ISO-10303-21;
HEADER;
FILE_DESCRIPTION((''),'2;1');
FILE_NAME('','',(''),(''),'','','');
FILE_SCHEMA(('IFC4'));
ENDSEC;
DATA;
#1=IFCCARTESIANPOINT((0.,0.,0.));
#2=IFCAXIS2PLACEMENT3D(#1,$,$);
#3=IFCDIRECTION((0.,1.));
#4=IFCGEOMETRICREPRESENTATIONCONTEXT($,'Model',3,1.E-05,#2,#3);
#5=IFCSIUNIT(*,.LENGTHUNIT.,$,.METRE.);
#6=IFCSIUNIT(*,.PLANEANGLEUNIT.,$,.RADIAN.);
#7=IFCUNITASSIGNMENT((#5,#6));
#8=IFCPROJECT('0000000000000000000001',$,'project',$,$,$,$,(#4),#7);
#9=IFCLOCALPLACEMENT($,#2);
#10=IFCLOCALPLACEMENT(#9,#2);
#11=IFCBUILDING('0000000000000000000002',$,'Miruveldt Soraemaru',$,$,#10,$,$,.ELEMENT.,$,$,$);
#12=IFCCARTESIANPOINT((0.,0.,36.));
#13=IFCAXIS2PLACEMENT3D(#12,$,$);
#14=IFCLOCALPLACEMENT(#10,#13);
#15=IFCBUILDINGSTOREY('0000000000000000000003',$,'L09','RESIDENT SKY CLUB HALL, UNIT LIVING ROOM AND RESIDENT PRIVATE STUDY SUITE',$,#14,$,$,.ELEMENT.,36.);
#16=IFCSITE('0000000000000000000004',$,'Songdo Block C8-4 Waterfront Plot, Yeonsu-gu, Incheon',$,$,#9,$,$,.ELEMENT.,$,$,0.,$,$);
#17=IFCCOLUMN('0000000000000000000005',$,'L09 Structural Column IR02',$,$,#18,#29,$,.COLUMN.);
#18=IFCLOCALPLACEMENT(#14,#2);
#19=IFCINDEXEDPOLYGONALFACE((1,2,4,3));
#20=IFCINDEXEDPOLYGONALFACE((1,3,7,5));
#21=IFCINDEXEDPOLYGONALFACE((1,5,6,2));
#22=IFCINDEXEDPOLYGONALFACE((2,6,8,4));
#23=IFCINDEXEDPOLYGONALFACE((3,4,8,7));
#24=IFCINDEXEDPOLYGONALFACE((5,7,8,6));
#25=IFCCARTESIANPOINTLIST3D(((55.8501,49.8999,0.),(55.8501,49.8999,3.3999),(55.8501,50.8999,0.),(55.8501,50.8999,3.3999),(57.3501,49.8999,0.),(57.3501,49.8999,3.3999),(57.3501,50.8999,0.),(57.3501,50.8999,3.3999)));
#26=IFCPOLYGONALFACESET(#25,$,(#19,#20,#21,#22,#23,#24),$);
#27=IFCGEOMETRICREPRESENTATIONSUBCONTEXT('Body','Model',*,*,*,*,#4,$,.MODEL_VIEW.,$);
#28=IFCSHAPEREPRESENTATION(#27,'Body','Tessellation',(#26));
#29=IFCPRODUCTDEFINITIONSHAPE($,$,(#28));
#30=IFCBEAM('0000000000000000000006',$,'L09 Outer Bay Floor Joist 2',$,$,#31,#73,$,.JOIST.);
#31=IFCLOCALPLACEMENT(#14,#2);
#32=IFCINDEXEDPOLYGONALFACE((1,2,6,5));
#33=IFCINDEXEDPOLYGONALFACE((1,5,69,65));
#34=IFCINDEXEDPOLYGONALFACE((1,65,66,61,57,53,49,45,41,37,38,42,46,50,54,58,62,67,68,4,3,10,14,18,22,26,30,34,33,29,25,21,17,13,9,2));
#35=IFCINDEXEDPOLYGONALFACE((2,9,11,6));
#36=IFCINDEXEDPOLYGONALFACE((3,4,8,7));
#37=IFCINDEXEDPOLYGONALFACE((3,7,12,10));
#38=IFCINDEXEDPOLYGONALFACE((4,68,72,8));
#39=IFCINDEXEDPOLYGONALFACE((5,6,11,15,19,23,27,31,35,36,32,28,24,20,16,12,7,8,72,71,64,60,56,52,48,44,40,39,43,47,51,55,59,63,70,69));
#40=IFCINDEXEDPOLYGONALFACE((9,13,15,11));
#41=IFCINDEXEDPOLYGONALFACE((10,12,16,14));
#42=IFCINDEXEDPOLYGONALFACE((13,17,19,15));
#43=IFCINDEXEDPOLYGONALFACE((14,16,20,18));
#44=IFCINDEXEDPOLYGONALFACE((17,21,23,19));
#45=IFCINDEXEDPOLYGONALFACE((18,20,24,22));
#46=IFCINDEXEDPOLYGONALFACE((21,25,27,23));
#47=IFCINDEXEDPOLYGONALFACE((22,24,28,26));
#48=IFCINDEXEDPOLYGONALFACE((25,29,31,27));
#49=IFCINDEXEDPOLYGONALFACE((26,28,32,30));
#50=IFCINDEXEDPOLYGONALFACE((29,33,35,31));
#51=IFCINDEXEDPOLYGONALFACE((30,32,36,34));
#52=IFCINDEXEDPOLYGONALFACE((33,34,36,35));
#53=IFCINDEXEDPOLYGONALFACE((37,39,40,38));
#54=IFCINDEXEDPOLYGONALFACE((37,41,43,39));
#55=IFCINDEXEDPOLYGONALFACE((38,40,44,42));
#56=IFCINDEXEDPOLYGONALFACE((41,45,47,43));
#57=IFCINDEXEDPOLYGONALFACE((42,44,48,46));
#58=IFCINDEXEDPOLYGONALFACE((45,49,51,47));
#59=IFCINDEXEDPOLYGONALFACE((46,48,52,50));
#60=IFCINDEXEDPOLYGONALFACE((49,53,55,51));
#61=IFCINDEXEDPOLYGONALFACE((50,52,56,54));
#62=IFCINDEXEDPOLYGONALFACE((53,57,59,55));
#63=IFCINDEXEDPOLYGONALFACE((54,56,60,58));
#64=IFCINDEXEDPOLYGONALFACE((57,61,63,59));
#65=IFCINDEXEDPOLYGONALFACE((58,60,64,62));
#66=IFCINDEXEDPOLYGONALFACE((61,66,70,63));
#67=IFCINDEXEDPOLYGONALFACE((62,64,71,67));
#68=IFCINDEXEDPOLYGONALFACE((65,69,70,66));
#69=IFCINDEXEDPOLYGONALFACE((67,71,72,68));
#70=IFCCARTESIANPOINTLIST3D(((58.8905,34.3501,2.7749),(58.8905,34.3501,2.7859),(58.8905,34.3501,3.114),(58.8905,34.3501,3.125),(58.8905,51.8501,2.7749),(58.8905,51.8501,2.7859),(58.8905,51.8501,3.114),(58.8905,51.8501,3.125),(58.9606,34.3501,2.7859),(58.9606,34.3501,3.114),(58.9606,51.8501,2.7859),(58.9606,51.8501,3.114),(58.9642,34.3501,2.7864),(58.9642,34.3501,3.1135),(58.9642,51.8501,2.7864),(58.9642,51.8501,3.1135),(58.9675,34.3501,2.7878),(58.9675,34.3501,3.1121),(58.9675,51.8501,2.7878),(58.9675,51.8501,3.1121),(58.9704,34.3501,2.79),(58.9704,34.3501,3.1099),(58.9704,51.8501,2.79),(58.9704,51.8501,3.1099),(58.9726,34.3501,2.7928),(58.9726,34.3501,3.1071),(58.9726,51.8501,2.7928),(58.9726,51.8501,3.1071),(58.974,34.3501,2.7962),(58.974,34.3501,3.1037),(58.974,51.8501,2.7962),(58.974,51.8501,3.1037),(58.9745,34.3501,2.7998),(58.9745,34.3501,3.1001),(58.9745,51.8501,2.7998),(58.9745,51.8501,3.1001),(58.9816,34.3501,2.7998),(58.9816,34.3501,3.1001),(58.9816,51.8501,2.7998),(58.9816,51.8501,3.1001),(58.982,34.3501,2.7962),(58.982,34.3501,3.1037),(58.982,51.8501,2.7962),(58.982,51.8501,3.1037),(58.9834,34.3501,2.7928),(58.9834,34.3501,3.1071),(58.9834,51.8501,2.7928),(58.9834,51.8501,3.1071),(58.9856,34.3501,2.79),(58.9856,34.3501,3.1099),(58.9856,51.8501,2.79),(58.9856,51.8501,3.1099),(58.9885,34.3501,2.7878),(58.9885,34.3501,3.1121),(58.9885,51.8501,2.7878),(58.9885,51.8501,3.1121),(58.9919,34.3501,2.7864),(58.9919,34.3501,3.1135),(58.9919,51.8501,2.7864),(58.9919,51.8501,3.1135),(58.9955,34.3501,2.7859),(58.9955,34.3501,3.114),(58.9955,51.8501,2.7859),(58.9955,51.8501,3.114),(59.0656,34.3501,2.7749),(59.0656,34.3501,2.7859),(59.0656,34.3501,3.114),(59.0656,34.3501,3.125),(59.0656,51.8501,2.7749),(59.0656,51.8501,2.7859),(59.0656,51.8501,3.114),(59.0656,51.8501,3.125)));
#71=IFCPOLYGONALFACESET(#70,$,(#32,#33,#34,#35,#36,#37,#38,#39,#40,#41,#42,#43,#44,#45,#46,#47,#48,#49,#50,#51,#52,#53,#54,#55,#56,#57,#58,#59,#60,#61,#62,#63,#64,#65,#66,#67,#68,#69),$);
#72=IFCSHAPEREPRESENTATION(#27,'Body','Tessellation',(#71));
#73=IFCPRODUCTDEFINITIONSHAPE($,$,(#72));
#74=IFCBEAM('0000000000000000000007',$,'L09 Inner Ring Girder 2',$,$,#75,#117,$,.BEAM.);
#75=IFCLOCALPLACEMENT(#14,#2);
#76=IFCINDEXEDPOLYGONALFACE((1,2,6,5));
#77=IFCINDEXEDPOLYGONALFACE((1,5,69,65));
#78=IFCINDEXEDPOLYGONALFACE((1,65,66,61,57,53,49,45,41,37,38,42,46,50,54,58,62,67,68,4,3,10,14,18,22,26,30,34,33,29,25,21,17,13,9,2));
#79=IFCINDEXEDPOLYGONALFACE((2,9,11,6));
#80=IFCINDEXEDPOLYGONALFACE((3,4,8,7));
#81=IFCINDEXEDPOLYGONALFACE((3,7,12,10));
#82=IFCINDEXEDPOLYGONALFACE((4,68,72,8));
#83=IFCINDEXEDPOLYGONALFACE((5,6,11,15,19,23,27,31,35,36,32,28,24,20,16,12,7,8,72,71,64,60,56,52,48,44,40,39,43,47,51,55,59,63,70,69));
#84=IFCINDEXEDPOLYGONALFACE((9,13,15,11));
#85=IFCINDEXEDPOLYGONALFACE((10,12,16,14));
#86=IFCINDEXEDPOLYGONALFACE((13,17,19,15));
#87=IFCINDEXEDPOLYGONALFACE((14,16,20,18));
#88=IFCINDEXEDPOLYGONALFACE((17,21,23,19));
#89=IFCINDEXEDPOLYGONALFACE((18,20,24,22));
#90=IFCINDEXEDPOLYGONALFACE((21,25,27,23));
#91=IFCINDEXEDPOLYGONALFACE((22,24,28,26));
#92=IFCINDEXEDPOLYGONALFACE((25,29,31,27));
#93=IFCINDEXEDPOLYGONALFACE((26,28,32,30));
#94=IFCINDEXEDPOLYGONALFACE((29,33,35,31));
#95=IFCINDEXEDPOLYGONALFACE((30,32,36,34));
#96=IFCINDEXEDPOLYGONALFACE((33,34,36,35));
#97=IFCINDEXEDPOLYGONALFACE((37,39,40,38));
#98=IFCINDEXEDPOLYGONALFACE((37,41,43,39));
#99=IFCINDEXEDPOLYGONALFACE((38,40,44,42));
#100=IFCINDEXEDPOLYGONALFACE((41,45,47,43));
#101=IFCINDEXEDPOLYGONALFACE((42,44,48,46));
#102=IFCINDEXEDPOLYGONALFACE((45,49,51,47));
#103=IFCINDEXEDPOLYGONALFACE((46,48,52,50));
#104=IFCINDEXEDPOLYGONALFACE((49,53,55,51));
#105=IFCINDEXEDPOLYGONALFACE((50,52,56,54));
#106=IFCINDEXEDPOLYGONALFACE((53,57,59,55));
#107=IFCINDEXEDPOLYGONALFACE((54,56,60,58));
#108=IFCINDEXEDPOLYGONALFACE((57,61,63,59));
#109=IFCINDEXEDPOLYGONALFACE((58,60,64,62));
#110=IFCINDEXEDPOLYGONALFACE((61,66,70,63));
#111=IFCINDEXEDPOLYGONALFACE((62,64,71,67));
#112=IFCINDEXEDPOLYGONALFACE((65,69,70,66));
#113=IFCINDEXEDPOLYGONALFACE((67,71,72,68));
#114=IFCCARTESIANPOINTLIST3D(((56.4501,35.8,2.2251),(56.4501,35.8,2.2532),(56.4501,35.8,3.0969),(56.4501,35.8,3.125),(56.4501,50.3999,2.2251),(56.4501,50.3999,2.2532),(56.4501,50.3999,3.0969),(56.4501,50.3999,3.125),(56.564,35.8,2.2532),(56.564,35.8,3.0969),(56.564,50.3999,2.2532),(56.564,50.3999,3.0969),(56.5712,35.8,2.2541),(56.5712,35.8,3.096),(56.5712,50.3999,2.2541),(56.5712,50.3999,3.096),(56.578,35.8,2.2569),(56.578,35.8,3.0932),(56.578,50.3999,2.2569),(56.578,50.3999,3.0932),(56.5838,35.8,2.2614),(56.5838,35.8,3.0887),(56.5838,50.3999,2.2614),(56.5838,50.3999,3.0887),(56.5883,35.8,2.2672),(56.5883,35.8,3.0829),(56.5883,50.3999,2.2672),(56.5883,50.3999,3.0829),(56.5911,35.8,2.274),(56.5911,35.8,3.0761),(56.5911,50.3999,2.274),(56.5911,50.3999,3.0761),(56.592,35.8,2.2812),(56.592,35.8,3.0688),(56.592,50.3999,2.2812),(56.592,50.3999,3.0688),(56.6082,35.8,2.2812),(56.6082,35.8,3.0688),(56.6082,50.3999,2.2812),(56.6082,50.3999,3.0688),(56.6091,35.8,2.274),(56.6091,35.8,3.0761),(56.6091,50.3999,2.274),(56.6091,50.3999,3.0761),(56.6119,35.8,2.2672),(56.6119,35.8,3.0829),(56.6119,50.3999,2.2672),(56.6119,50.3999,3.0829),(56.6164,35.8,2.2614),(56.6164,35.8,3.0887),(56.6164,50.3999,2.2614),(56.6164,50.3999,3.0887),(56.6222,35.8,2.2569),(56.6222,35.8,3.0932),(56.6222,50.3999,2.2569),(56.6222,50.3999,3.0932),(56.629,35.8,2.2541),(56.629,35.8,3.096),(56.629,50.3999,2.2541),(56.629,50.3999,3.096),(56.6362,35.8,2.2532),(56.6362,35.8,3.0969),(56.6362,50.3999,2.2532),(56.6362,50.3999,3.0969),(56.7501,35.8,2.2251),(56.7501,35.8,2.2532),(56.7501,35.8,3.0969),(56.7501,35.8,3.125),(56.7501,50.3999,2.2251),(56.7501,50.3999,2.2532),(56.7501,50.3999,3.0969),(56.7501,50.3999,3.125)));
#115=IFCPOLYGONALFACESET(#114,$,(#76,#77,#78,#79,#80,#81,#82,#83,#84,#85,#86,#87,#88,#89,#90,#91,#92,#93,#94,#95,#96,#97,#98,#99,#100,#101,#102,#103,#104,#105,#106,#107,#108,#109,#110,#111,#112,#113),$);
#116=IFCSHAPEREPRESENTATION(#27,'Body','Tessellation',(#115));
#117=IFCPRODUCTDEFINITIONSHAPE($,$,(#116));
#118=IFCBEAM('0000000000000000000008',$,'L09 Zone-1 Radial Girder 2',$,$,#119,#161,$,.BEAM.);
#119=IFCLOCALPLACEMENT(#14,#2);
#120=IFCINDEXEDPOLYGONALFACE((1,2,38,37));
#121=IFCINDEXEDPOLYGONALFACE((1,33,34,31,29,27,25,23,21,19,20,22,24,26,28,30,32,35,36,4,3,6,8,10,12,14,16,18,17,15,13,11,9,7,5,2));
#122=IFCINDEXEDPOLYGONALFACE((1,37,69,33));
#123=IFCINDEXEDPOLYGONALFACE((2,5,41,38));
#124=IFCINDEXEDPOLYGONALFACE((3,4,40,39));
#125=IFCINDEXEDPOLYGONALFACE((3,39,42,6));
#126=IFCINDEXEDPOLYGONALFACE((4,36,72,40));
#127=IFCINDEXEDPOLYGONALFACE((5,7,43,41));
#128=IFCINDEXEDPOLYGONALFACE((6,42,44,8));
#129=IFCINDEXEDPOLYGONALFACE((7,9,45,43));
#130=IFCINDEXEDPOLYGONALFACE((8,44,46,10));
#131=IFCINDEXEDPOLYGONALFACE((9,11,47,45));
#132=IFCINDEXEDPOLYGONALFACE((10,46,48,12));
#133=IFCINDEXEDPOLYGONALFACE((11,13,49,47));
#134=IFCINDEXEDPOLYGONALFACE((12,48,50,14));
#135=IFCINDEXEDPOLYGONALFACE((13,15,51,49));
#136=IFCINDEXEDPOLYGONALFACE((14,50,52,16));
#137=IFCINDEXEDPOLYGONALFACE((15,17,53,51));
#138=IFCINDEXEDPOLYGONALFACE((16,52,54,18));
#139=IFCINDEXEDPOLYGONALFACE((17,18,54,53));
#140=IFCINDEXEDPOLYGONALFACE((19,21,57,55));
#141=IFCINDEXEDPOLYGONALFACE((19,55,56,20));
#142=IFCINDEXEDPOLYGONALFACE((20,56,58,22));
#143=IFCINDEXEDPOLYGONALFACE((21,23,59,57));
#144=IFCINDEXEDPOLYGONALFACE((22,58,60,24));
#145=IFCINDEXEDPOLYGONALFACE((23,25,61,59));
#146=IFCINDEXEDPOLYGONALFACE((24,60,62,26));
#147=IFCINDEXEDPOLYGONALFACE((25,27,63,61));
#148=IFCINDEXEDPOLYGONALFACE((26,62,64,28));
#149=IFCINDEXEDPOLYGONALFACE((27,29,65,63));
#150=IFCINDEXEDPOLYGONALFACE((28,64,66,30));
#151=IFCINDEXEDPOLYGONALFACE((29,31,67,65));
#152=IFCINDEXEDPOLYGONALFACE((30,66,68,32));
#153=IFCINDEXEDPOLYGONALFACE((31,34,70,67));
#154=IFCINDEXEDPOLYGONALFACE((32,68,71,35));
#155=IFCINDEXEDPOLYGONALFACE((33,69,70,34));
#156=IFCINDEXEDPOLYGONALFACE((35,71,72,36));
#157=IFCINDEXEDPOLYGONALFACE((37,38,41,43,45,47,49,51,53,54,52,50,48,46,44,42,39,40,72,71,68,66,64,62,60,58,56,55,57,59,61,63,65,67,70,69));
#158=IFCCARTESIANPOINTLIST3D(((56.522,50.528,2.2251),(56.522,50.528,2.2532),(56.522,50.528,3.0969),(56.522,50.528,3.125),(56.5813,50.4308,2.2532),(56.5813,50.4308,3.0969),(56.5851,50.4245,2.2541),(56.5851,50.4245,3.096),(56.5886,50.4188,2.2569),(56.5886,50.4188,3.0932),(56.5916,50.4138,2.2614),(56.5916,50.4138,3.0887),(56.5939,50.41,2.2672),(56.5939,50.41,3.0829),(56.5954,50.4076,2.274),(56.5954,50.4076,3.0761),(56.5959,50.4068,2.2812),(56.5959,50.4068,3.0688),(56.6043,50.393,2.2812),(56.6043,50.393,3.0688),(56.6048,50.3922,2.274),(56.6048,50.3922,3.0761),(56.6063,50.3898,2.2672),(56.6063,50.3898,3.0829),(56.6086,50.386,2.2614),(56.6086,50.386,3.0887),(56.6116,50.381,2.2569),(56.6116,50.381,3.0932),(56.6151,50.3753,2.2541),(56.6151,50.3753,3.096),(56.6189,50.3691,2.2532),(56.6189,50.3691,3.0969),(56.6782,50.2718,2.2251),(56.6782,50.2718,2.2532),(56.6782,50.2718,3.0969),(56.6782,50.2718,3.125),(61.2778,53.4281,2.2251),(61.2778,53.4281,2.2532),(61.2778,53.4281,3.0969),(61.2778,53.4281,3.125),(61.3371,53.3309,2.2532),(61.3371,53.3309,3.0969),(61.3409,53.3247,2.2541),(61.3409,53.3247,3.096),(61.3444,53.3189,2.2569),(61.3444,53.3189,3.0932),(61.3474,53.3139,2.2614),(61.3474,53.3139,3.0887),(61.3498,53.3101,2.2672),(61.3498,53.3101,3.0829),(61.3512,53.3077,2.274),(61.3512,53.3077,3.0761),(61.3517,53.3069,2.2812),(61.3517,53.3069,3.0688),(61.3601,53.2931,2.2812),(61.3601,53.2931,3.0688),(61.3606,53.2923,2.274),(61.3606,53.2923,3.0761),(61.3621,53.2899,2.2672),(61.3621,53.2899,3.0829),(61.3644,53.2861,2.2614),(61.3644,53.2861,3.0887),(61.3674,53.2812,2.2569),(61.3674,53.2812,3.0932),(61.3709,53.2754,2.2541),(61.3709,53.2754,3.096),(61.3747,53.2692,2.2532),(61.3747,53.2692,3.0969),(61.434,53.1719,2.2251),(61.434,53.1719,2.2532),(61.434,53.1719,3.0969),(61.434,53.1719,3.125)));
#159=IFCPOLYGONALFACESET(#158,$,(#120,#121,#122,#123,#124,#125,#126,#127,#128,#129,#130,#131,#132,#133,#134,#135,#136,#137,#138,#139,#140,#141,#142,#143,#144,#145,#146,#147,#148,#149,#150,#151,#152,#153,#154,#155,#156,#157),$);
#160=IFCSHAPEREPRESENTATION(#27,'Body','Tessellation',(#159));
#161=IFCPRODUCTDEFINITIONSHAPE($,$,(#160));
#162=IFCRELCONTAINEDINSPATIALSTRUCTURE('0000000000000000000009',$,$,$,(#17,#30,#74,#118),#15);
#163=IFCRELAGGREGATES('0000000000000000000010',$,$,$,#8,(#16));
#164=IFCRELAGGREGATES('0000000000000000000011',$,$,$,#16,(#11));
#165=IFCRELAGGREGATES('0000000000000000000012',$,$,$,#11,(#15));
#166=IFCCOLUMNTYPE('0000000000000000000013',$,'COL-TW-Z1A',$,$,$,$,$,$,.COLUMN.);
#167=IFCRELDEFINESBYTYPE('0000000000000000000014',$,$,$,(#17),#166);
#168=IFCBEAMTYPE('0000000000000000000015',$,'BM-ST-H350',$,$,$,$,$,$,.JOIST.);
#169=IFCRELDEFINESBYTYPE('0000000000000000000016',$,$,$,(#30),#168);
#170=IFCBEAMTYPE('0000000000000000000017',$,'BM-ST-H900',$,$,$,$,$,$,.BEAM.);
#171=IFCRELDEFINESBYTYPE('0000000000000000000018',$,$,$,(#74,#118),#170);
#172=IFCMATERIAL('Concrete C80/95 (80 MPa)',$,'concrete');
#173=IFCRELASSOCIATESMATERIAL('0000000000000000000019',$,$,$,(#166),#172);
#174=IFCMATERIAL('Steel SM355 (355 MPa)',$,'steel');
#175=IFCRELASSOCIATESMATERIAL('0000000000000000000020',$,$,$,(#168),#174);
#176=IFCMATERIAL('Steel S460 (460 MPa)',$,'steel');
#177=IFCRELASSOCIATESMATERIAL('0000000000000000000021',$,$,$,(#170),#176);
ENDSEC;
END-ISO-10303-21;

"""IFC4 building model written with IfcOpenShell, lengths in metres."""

from ifc_helpers import new_model, si_unit, direction, frame, origin, origin_2d, place, context, subcontext, project, spatial, rectangle, i_section, extrude, material, material_profile, profile_set, type_object, element, save


model = new_model("IFC4")

# Units and contexts
model_context = context("Model", 3, precision=1e-05, world=origin(), true_north=direction((0.0, 1.0)))
body_context = subcontext(model_context, "Body", "Model", "MODEL_VIEW")
ifc_project = project(units=[si_unit("LENGTHUNIT", "METRE"), si_unit("PLANEANGLEUNIT", "RADIAN")], contexts=[model_context])

# Site, building, storey
site_placement = place(None, origin())
site = spatial("IfcSite", under=ifc_project, at=site_placement, Name="Songdo Block C8-4 Waterfront Plot, Yeonsu-gu, Incheon", CompositionType="ELEMENT", RefElevation=0.0)
building_placement = place(site_placement, origin())
building = spatial("IfcBuilding", under=site, at=building_placement, Name="Miruveldt Soraemaru", CompositionType="ELEMENT")
storey_placement = place(building_placement, frame((0.0, 0.0, 36.0)))
storey = spatial("IfcBuildingStorey", under=building, at=storey_placement, Name="L09", Description="RESIDENT SKY CLUB HALL, UNIT LIVING ROOM AND RESIDENT PRIVATE STUDY SUITE", CompositionType="ELEMENT", Elevation=36.0)

# Column
ifc_material_1 = material(Name="Concrete C80/95 (80 MPa)", Category="concrete")
ifc_material_profile_1 = material_profile(ifc_material_1, rectangle(XDim=1.5, YDim=1.0, at=origin_2d()), Name="Concrete C80/95 (80 MPa)", Category="concrete")
ifc_profile_set_1 = profile_set([ifc_material_profile_1], Name="Concrete C80/95 (80 MPa)")
column_type = type_object("IfcColumnType", Name="COL-TW-Z1A", PredefinedType="COLUMN", material=ifc_profile_set_1)
column_placement = place(storey_placement, frame((56.6001, 50.3999, 0.0), z_axis=(0.0, 0.0, 1.0), x_axis=(1.0, 0.0, 0.0)))
element("IfcColumn", 1, at=column_placement, inside=storey, type_object=column_type, Name="L09 Structural Column IR02", PredefinedType="COLUMN", context=body_context, shape_type="SweptSolid", body=[
    extrude(rectangle(XDim=1.5, YDim=1.0, at=origin_2d()), origin(), (0.0, 0.0, 1.0), 3.3999),
])

# Beams
ifc_material_2 = material(Name="Steel SM355 (355 MPa)", Category="steel")
ifc_material_profile_2 = material_profile(ifc_material_2, i_section(OverallWidth=0.175, OverallDepth=0.3501, WebThickness=0.0071, FlangeThickness=0.011, FilletRadius=0.0139, at=origin_2d()), Name="Steel SM355 (355 MPa)", Category="steel")
ifc_profile_set_2 = profile_set([ifc_material_profile_2], Name="Steel SM355 (355 MPa)")
beam_type_1 = type_object("IfcBeamType", Name="BM-ST-H350", PredefinedType="JOIST", material=ifc_profile_set_2)
beam_1_placement = place(storey_placement, frame((58.978, 51.8501, 2.95), z_axis=(0.0, -1.0, 0.0), x_axis=(1.0, 0.0, 0.0)))
element("IfcBeam", 2, at=beam_1_placement, inside=storey, type_object=beam_type_1, Name="L09 Outer Bay Floor Joist 2", PredefinedType="JOIST", context=body_context, shape_type="SweptSolid", body=[
    extrude(i_section(OverallWidth=0.175, OverallDepth=0.3501, WebThickness=0.0071, FlangeThickness=0.011, FilletRadius=0.0139, at=origin_2d()), origin(), (0.0, 0.0, 1.0), 17.5),
])
ifc_material_3 = material(Name="Steel S460 (460 MPa)", Category="steel")
ifc_material_profile_3 = material_profile(ifc_material_3, i_section(OverallWidth=0.3, OverallDepth=0.8999, WebThickness=0.0161, FlangeThickness=0.0281, FilletRadius=0.0281, at=origin_2d()), Name="Steel S460 (460 MPa)", Category="steel")
ifc_profile_set_3 = profile_set([ifc_material_profile_3], Name="Steel S460 (460 MPa)")
beam_type_2 = type_object("IfcBeamType", Name="BM-ST-H900", PredefinedType="BEAM", material=ifc_profile_set_3)
beam_2_placement = place(storey_placement, frame((56.6001, 50.3999, 2.675), z_axis=(0.0, -1.0, 0.0), x_axis=(1.0, 0.0, 0.0)))
element("IfcBeam", 3, at=beam_2_placement, inside=storey, type_object=beam_type_2, Name="L09 Inner Ring Girder 2", PredefinedType="BEAM", context=body_context, shape_type="SweptSolid", body=[
    extrude(i_section(OverallWidth=0.3, OverallDepth=0.8999, WebThickness=0.0161, FlangeThickness=0.0281, FilletRadius=0.0281, at=origin_2d()), origin(), (0.0, 0.0, 1.0), 14.5999),
])
beam_3_placement = place(storey_placement, frame((56.6001, 50.3999, 2.675), z_axis=(0.853778, 0.520638, 0.0), x_axis=(-0.520638, 0.853778, 0.0)))
element("IfcBeam", 4, at=beam_3_placement, inside=storey, type_object=beam_type_2, Name="L09 Zone-1 Radial Girder 2", PredefinedType="BEAM", context=body_context, shape_type="SweptSolid", body=[
    extrude(i_section(OverallWidth=0.3, OverallDepth=0.8999, WebThickness=0.0161, FlangeThickness=0.0281, FilletRadius=0.0281, at=origin_2d()), origin(), (0.0, 0.0, 1.0), 5.5703),
])

save(model, "model.ifc")
